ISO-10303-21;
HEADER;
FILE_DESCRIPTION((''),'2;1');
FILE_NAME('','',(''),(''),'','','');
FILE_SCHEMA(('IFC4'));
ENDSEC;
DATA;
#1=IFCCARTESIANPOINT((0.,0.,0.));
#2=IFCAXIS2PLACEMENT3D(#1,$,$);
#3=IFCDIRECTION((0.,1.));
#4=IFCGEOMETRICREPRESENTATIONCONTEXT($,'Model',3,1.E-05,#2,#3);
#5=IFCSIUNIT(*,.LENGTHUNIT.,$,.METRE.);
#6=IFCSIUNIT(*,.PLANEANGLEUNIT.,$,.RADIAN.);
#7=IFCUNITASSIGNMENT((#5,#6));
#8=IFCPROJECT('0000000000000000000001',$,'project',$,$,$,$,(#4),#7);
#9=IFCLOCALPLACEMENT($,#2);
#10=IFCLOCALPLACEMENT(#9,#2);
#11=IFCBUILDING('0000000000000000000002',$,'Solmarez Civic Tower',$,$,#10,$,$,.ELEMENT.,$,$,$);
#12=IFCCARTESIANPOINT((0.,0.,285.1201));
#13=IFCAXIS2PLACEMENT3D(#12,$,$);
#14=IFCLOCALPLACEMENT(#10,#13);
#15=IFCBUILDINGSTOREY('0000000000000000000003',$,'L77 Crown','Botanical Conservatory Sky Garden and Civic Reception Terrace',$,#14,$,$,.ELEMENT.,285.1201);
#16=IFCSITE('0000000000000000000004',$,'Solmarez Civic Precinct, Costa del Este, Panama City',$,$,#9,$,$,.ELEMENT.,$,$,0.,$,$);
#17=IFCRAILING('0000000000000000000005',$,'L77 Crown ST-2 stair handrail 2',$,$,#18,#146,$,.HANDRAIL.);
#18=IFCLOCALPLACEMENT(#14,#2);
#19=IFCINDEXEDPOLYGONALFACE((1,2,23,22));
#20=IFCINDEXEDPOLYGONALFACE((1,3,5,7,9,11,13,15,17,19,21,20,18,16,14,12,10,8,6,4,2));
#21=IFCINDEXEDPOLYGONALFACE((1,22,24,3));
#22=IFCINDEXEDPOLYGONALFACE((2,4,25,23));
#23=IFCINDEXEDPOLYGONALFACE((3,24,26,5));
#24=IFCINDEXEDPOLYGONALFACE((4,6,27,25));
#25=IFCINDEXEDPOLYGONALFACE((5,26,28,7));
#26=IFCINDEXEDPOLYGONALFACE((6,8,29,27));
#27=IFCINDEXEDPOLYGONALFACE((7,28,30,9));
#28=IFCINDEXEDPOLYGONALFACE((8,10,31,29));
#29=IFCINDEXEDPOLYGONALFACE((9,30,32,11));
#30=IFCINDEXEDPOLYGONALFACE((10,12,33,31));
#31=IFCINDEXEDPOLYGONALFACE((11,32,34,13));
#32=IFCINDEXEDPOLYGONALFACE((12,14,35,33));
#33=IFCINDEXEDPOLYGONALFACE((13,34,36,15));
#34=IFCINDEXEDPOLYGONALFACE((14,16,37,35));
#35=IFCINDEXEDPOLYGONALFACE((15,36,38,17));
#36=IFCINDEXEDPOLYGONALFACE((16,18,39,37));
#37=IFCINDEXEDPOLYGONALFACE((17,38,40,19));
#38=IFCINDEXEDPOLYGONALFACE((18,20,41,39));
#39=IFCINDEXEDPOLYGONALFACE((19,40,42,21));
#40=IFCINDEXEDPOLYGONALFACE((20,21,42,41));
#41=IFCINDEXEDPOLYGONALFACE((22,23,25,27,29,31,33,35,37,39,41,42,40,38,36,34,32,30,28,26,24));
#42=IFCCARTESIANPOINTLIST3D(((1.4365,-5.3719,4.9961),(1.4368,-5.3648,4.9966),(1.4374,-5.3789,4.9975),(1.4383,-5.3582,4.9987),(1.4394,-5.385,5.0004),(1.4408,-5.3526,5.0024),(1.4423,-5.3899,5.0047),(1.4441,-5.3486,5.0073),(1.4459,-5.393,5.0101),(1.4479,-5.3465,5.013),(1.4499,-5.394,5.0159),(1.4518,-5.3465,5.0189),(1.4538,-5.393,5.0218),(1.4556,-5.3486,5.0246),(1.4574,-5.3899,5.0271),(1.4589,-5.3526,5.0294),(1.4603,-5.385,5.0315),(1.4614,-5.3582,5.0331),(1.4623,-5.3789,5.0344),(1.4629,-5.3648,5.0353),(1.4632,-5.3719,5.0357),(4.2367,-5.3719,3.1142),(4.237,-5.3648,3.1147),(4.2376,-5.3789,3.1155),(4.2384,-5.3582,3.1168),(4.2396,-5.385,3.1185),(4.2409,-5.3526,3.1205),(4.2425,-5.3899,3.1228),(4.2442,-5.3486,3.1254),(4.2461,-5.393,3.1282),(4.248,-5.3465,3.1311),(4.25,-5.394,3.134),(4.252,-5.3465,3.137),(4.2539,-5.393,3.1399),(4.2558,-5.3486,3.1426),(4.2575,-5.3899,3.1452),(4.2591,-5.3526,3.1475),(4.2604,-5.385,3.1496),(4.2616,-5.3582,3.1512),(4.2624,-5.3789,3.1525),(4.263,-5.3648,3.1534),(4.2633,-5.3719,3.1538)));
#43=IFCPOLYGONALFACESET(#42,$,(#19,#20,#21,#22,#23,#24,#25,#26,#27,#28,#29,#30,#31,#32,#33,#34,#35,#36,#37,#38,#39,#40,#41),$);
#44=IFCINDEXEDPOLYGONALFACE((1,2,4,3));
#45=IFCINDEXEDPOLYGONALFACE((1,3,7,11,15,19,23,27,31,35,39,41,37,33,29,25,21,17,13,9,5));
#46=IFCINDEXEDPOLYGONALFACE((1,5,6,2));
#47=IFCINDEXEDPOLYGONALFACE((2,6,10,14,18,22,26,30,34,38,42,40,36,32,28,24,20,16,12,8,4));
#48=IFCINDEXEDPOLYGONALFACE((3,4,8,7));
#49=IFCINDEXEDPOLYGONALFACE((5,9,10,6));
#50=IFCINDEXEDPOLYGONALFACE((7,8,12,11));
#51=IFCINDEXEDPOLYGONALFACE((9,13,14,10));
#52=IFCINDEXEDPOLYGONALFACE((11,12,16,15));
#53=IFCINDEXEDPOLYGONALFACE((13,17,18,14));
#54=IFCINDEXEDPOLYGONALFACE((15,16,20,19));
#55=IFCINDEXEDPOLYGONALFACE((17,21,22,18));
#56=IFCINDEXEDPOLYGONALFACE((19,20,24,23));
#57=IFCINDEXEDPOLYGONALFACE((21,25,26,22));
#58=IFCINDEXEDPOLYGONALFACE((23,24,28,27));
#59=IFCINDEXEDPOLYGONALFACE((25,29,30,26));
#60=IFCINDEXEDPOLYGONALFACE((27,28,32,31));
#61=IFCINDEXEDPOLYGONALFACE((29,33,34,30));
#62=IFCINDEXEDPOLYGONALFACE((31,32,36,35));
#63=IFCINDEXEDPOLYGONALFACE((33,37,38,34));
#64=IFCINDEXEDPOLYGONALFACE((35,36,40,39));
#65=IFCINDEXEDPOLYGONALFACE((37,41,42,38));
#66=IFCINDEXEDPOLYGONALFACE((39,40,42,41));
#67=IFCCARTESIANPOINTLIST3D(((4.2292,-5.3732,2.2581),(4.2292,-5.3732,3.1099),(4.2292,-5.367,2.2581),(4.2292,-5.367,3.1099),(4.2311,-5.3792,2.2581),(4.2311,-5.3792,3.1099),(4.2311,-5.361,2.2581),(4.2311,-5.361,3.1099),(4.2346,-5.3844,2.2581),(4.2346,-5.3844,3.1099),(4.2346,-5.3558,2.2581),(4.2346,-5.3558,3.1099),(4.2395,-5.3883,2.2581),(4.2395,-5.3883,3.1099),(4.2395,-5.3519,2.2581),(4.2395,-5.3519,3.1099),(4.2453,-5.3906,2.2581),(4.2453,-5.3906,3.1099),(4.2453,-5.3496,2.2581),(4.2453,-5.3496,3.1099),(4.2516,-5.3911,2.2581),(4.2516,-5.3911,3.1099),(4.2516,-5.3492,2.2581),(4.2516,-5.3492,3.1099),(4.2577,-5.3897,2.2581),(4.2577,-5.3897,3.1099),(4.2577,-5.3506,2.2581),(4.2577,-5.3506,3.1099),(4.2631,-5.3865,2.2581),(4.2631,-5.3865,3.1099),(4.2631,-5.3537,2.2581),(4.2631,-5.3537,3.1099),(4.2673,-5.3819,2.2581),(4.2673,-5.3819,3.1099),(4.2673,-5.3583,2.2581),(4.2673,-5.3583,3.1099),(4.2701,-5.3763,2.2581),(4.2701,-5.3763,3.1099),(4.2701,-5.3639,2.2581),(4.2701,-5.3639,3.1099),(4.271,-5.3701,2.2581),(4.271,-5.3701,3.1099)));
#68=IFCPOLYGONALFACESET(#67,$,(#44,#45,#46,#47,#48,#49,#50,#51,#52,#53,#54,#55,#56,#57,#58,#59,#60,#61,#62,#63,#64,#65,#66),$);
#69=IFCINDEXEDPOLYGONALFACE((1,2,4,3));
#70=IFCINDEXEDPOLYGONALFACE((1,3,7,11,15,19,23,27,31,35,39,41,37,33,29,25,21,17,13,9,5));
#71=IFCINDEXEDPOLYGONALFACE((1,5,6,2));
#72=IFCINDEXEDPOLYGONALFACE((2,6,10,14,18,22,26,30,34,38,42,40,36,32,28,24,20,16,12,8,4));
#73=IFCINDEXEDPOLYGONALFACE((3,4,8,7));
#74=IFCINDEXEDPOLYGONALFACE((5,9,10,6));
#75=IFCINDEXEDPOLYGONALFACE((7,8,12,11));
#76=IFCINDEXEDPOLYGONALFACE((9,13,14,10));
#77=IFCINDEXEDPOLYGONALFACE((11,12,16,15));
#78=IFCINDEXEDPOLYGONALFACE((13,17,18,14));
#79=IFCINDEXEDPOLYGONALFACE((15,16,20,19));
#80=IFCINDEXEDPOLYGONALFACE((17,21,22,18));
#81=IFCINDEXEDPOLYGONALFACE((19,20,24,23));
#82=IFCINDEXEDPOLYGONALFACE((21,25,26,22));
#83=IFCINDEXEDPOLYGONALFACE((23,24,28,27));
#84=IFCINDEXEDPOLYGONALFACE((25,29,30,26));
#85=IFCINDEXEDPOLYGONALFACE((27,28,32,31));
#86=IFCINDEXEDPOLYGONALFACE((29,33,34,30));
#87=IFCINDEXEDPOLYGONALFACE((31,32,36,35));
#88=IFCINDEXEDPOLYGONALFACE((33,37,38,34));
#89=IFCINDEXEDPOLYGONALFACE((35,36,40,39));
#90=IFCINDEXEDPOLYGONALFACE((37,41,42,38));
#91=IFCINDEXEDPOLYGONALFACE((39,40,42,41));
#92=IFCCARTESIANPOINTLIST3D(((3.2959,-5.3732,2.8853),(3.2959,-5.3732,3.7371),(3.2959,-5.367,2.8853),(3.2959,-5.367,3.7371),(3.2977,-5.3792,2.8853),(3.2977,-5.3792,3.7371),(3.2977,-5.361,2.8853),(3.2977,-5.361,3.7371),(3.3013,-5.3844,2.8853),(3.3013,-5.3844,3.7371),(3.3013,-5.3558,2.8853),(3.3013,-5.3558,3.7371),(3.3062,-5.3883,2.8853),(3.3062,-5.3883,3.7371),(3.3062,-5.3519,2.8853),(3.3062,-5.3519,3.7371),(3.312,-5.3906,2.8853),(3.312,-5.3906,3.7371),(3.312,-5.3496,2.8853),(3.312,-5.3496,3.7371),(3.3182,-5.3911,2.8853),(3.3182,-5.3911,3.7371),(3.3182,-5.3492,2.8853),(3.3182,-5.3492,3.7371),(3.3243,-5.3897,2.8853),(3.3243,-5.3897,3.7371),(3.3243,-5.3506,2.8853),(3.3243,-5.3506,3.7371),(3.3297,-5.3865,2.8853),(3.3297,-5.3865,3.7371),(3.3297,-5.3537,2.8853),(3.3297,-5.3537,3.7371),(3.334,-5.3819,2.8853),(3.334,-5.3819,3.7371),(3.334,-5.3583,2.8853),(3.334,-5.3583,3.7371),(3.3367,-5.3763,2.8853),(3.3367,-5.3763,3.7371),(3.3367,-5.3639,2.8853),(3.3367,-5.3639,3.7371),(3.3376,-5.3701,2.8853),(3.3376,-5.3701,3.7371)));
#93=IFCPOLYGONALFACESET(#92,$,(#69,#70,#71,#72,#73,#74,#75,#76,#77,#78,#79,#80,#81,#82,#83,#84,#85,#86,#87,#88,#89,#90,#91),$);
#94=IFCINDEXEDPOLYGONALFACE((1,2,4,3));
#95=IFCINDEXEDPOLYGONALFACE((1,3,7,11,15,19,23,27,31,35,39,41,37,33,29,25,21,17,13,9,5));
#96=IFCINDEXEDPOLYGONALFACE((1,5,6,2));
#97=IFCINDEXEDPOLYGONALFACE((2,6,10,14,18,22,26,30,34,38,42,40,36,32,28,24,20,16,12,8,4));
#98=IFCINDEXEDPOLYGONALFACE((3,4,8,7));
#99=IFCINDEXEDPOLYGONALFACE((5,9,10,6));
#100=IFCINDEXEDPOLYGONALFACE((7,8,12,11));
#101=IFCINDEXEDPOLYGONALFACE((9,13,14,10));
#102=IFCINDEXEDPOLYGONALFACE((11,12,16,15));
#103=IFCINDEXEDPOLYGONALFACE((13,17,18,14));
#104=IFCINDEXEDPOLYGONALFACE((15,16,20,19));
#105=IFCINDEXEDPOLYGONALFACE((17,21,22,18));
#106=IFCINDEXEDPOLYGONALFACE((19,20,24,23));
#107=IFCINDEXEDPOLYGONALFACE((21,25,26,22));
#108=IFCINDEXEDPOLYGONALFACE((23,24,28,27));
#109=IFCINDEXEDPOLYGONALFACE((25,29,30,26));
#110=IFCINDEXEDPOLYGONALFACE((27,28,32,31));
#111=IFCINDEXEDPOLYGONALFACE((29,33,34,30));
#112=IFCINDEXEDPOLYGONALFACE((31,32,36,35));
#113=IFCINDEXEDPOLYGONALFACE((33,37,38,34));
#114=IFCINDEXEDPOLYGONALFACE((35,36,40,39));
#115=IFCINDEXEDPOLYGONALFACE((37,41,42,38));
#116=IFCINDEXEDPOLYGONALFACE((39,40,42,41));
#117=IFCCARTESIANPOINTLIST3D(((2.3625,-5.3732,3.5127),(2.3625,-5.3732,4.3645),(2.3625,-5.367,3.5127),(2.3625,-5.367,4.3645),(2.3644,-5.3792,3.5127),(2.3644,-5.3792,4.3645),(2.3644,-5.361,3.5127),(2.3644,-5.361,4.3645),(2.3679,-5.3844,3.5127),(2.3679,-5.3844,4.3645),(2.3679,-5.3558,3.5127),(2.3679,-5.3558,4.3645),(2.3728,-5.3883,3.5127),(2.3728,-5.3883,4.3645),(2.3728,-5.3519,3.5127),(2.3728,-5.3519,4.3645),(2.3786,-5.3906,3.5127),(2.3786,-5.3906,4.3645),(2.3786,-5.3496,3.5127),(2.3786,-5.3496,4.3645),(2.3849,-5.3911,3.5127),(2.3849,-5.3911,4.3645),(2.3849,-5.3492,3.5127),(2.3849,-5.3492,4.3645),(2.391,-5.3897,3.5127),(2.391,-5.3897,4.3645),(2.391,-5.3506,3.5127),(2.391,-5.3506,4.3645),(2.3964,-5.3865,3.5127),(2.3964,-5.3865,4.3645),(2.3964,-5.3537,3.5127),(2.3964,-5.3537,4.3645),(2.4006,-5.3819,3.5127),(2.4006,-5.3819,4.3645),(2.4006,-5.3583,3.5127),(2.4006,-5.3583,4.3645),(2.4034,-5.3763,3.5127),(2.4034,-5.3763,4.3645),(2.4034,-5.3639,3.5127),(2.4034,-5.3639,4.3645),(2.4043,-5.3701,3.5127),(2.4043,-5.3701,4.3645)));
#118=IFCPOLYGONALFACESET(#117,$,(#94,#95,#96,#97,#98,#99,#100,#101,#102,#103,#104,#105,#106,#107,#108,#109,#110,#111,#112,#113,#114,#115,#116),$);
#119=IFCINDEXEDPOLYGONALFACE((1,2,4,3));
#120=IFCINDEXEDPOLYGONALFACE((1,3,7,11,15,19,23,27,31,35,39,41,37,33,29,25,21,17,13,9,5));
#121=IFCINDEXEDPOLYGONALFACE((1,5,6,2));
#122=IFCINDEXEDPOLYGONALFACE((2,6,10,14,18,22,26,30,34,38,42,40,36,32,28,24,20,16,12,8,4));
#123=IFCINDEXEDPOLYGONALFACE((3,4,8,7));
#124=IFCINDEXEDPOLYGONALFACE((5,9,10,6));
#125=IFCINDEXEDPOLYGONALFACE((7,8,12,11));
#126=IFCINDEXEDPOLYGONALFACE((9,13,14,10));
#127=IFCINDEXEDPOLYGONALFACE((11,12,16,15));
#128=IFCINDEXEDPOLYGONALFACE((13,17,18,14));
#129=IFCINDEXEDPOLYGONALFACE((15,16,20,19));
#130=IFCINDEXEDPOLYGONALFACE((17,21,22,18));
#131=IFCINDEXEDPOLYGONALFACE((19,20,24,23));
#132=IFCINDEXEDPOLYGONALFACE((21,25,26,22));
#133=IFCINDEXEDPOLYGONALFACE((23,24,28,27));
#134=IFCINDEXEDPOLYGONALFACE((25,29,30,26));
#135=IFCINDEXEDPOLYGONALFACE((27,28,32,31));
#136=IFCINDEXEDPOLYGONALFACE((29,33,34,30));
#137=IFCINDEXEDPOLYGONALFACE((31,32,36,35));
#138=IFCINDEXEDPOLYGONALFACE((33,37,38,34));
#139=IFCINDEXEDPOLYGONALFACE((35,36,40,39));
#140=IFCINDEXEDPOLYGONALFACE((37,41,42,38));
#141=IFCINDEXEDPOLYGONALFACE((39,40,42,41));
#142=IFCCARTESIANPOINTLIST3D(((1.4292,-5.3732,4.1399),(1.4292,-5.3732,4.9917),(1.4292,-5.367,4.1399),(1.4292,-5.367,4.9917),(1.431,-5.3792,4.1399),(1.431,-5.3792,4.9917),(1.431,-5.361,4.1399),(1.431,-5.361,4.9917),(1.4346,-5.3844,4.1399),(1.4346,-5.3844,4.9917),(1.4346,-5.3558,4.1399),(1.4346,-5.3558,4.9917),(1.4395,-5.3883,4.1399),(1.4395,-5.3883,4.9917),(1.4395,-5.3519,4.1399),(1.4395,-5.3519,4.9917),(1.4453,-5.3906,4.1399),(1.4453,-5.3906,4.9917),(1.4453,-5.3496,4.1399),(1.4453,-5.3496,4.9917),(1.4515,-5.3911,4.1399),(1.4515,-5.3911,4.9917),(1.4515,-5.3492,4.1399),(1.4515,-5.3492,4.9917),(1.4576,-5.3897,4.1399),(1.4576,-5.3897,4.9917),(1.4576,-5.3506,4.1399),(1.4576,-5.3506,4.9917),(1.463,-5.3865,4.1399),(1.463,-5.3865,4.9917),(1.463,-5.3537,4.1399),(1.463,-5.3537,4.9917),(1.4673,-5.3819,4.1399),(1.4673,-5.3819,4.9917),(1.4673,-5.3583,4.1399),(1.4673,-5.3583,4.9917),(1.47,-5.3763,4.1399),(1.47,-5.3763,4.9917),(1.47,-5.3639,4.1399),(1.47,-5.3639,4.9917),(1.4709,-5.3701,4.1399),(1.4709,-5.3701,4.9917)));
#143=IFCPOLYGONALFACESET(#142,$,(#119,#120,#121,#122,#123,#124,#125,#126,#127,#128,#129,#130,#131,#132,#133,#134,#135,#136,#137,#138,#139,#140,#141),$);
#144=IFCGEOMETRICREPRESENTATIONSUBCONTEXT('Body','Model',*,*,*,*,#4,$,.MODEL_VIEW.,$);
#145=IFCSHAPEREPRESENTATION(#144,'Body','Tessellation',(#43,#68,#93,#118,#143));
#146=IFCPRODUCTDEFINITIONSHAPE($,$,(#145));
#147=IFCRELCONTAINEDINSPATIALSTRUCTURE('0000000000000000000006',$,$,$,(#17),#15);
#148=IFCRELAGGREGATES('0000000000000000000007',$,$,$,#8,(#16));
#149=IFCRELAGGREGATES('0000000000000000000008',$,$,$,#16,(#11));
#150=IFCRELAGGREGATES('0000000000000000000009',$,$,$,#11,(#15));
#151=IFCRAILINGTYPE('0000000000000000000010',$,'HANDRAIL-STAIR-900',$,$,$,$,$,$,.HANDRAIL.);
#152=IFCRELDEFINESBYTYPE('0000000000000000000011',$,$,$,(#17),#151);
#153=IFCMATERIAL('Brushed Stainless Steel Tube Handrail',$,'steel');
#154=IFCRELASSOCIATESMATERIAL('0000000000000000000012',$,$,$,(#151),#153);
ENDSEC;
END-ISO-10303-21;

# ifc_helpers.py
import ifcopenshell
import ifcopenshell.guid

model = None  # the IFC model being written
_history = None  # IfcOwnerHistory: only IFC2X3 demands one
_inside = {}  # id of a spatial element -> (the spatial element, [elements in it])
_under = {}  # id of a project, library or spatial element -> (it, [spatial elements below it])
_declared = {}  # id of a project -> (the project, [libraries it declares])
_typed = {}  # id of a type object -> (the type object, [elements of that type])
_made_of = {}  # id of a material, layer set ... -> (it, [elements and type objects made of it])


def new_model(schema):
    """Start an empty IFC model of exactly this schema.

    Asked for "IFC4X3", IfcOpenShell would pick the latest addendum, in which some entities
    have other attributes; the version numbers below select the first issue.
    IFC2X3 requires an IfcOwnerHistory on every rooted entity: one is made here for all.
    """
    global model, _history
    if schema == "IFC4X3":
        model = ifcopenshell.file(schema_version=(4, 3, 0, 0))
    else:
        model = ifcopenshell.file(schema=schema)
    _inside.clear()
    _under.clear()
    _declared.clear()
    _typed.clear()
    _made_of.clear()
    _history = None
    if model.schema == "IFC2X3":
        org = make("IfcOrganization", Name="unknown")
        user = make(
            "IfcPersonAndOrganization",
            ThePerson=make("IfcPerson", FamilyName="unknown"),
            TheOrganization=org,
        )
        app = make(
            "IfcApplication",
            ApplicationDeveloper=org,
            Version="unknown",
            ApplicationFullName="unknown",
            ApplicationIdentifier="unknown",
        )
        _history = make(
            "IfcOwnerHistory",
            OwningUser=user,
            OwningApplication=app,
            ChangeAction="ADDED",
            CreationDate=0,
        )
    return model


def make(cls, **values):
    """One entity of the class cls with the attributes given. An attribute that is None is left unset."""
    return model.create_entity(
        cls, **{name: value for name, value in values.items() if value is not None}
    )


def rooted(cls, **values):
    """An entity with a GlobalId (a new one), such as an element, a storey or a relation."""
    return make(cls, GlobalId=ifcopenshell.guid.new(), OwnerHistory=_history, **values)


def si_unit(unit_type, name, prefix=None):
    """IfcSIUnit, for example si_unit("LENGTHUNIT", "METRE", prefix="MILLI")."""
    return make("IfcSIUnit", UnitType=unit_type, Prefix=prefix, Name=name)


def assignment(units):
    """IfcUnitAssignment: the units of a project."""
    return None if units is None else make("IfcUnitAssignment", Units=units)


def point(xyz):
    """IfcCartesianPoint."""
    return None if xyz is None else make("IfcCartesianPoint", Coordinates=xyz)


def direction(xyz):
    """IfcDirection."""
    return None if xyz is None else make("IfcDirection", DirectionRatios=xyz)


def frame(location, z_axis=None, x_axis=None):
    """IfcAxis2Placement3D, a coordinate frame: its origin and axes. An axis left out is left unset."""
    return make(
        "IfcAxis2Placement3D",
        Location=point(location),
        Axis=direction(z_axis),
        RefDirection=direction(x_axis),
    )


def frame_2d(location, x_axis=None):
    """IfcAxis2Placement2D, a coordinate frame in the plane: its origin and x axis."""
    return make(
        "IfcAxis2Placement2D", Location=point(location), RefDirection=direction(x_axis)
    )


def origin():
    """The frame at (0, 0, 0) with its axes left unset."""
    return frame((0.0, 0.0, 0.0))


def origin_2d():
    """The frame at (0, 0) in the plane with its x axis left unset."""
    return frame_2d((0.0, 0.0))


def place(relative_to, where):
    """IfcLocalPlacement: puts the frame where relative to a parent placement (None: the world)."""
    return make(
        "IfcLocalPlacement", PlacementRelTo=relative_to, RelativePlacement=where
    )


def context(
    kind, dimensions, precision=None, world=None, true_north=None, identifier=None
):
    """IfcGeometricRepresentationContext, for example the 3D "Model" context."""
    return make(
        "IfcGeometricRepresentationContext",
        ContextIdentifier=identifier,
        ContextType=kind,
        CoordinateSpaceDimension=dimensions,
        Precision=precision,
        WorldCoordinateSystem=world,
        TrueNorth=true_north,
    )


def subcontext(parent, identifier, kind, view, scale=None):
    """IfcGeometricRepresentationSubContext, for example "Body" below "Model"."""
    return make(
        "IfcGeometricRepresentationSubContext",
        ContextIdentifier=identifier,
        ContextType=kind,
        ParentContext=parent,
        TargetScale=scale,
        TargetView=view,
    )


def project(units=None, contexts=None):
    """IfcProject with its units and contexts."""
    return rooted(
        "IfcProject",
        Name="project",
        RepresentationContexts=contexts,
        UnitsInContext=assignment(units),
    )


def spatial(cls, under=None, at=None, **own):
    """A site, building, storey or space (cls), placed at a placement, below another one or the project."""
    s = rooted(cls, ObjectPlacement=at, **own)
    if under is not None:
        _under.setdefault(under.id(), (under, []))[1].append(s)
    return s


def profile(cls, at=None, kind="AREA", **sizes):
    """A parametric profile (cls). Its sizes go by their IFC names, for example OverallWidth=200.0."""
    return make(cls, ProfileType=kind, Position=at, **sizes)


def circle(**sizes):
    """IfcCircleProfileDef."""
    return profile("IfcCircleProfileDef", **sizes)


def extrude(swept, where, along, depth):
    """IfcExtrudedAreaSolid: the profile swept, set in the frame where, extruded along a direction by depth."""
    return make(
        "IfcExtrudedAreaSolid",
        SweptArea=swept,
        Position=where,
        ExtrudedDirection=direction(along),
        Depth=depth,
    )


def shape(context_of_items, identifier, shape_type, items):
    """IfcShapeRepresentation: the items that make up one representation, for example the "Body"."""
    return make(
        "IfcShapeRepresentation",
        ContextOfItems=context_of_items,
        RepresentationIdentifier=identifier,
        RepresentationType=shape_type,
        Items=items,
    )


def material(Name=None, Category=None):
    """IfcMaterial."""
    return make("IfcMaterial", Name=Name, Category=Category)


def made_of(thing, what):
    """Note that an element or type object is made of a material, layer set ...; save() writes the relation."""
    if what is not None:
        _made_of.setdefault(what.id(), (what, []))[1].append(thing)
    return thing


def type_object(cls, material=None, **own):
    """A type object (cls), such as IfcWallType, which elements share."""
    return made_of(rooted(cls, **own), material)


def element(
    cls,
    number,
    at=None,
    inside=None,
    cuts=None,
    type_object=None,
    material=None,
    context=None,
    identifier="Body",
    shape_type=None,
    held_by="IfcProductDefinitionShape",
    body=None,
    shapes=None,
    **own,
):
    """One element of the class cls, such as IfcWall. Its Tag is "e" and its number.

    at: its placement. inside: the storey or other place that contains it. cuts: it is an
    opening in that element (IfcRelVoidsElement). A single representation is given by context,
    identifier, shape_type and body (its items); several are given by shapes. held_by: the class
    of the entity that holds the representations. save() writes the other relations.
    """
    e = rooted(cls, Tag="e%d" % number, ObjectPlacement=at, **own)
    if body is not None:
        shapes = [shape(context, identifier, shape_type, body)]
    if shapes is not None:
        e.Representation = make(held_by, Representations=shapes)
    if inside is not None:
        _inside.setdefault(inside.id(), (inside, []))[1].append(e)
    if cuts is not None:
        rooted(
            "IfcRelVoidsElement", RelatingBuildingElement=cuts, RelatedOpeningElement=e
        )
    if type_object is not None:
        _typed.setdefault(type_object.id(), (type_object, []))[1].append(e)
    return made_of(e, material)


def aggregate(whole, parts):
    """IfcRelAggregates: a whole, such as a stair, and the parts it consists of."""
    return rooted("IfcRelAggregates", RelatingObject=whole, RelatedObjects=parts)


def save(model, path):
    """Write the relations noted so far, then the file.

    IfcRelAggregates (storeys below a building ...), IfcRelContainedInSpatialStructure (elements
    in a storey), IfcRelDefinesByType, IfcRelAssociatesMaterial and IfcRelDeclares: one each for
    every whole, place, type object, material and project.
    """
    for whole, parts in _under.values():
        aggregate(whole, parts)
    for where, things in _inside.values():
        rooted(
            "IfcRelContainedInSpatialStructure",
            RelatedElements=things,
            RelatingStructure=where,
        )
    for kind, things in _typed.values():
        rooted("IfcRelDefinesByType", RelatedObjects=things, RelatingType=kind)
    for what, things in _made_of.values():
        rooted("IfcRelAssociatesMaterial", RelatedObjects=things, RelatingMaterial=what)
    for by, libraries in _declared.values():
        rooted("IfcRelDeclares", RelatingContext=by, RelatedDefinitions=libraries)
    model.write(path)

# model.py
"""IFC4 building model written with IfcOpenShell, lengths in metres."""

from ifc_helpers import new_model, si_unit, direction, frame, origin, origin_2d, place, context, subcontext, project, spatial, circle, extrude, material, type_object, element, save


model = new_model("IFC4")

# Units and contexts
model_context = context("Model", 3, precision=1e-05, world=origin(), true_north=direction((0.0, 1.0)))
body_context = subcontext(model_context, "Body", "Model", "MODEL_VIEW")
ifc_project = project(units=[si_unit("LENGTHUNIT", "METRE"), si_unit("PLANEANGLEUNIT", "RADIAN")], contexts=[model_context])

# Site, building, storey
site_placement = place(None, origin())
site = spatial("IfcSite", under=ifc_project, at=site_placement, Name="Solmarez Civic Precinct, Costa del Este, Panama City", CompositionType="ELEMENT", RefElevation=0.0)
building_placement = place(site_placement, origin())
building = spatial("IfcBuilding", under=site, at=building_placement, Name="Solmarez Civic Tower", CompositionType="ELEMENT")
storey_placement = place(building_placement, frame((0.0, 0.0, 285.1201)))
storey = spatial("IfcBuildingStorey", under=building, at=storey_placement, Name="L77 Crown", Description="Botanical Conservatory Sky Garden and Civic Reception Terrace", CompositionType="ELEMENT", Elevation=285.1201)

# Railing
ifc_material_1 = material(Name="Brushed Stainless Steel Tube Handrail", Category="steel")
railing_type_1 = type_object("IfcRailingType", Name="HANDRAIL-STAIR-900", PredefinedType="HANDRAIL", material=ifc_material_1)
railing_1_placement = place(storey_placement, frame((4.25, -5.3701, 2.2581)))
element("IfcRailing", 1, at=railing_1_placement, inside=storey, type_object=railing_type_1, Name="L77 Crown ST-2 stair handrail 2", PredefinedType="HANDRAIL", context=body_context, shape_type="SweptSolid", body=[
    extrude(circle(Radius=0.0239, at=origin_2d()), frame((0.0, 0.0, 0.876), z_axis=(-0.829974, 0.0, 0.557803), x_axis=(0.0, -1.0, 0.0)), (0.0, 0.0, 1.0), 3.3738),
    extrude(circle(Radius=0.021, at=origin_2d()), origin(), (0.0, 0.0, 1.0), 0.8518),
    extrude(circle(Radius=0.021, at=origin_2d()), frame((-0.9333, 0.0, 0.6272)), (0.0, 0.0, 1.0), 0.8518),
    extrude(circle(Radius=0.021, at=origin_2d()), frame((-1.8667, 0.0, 1.2546)), (0.0, 0.0, 1.0), 0.8518),
    extrude(circle(Radius=0.021, at=origin_2d()), frame((-2.8, 0.0, 1.8818)), (0.0, 0.0, 1.0), 0.8518),
])

save(model, "model.ifc")
